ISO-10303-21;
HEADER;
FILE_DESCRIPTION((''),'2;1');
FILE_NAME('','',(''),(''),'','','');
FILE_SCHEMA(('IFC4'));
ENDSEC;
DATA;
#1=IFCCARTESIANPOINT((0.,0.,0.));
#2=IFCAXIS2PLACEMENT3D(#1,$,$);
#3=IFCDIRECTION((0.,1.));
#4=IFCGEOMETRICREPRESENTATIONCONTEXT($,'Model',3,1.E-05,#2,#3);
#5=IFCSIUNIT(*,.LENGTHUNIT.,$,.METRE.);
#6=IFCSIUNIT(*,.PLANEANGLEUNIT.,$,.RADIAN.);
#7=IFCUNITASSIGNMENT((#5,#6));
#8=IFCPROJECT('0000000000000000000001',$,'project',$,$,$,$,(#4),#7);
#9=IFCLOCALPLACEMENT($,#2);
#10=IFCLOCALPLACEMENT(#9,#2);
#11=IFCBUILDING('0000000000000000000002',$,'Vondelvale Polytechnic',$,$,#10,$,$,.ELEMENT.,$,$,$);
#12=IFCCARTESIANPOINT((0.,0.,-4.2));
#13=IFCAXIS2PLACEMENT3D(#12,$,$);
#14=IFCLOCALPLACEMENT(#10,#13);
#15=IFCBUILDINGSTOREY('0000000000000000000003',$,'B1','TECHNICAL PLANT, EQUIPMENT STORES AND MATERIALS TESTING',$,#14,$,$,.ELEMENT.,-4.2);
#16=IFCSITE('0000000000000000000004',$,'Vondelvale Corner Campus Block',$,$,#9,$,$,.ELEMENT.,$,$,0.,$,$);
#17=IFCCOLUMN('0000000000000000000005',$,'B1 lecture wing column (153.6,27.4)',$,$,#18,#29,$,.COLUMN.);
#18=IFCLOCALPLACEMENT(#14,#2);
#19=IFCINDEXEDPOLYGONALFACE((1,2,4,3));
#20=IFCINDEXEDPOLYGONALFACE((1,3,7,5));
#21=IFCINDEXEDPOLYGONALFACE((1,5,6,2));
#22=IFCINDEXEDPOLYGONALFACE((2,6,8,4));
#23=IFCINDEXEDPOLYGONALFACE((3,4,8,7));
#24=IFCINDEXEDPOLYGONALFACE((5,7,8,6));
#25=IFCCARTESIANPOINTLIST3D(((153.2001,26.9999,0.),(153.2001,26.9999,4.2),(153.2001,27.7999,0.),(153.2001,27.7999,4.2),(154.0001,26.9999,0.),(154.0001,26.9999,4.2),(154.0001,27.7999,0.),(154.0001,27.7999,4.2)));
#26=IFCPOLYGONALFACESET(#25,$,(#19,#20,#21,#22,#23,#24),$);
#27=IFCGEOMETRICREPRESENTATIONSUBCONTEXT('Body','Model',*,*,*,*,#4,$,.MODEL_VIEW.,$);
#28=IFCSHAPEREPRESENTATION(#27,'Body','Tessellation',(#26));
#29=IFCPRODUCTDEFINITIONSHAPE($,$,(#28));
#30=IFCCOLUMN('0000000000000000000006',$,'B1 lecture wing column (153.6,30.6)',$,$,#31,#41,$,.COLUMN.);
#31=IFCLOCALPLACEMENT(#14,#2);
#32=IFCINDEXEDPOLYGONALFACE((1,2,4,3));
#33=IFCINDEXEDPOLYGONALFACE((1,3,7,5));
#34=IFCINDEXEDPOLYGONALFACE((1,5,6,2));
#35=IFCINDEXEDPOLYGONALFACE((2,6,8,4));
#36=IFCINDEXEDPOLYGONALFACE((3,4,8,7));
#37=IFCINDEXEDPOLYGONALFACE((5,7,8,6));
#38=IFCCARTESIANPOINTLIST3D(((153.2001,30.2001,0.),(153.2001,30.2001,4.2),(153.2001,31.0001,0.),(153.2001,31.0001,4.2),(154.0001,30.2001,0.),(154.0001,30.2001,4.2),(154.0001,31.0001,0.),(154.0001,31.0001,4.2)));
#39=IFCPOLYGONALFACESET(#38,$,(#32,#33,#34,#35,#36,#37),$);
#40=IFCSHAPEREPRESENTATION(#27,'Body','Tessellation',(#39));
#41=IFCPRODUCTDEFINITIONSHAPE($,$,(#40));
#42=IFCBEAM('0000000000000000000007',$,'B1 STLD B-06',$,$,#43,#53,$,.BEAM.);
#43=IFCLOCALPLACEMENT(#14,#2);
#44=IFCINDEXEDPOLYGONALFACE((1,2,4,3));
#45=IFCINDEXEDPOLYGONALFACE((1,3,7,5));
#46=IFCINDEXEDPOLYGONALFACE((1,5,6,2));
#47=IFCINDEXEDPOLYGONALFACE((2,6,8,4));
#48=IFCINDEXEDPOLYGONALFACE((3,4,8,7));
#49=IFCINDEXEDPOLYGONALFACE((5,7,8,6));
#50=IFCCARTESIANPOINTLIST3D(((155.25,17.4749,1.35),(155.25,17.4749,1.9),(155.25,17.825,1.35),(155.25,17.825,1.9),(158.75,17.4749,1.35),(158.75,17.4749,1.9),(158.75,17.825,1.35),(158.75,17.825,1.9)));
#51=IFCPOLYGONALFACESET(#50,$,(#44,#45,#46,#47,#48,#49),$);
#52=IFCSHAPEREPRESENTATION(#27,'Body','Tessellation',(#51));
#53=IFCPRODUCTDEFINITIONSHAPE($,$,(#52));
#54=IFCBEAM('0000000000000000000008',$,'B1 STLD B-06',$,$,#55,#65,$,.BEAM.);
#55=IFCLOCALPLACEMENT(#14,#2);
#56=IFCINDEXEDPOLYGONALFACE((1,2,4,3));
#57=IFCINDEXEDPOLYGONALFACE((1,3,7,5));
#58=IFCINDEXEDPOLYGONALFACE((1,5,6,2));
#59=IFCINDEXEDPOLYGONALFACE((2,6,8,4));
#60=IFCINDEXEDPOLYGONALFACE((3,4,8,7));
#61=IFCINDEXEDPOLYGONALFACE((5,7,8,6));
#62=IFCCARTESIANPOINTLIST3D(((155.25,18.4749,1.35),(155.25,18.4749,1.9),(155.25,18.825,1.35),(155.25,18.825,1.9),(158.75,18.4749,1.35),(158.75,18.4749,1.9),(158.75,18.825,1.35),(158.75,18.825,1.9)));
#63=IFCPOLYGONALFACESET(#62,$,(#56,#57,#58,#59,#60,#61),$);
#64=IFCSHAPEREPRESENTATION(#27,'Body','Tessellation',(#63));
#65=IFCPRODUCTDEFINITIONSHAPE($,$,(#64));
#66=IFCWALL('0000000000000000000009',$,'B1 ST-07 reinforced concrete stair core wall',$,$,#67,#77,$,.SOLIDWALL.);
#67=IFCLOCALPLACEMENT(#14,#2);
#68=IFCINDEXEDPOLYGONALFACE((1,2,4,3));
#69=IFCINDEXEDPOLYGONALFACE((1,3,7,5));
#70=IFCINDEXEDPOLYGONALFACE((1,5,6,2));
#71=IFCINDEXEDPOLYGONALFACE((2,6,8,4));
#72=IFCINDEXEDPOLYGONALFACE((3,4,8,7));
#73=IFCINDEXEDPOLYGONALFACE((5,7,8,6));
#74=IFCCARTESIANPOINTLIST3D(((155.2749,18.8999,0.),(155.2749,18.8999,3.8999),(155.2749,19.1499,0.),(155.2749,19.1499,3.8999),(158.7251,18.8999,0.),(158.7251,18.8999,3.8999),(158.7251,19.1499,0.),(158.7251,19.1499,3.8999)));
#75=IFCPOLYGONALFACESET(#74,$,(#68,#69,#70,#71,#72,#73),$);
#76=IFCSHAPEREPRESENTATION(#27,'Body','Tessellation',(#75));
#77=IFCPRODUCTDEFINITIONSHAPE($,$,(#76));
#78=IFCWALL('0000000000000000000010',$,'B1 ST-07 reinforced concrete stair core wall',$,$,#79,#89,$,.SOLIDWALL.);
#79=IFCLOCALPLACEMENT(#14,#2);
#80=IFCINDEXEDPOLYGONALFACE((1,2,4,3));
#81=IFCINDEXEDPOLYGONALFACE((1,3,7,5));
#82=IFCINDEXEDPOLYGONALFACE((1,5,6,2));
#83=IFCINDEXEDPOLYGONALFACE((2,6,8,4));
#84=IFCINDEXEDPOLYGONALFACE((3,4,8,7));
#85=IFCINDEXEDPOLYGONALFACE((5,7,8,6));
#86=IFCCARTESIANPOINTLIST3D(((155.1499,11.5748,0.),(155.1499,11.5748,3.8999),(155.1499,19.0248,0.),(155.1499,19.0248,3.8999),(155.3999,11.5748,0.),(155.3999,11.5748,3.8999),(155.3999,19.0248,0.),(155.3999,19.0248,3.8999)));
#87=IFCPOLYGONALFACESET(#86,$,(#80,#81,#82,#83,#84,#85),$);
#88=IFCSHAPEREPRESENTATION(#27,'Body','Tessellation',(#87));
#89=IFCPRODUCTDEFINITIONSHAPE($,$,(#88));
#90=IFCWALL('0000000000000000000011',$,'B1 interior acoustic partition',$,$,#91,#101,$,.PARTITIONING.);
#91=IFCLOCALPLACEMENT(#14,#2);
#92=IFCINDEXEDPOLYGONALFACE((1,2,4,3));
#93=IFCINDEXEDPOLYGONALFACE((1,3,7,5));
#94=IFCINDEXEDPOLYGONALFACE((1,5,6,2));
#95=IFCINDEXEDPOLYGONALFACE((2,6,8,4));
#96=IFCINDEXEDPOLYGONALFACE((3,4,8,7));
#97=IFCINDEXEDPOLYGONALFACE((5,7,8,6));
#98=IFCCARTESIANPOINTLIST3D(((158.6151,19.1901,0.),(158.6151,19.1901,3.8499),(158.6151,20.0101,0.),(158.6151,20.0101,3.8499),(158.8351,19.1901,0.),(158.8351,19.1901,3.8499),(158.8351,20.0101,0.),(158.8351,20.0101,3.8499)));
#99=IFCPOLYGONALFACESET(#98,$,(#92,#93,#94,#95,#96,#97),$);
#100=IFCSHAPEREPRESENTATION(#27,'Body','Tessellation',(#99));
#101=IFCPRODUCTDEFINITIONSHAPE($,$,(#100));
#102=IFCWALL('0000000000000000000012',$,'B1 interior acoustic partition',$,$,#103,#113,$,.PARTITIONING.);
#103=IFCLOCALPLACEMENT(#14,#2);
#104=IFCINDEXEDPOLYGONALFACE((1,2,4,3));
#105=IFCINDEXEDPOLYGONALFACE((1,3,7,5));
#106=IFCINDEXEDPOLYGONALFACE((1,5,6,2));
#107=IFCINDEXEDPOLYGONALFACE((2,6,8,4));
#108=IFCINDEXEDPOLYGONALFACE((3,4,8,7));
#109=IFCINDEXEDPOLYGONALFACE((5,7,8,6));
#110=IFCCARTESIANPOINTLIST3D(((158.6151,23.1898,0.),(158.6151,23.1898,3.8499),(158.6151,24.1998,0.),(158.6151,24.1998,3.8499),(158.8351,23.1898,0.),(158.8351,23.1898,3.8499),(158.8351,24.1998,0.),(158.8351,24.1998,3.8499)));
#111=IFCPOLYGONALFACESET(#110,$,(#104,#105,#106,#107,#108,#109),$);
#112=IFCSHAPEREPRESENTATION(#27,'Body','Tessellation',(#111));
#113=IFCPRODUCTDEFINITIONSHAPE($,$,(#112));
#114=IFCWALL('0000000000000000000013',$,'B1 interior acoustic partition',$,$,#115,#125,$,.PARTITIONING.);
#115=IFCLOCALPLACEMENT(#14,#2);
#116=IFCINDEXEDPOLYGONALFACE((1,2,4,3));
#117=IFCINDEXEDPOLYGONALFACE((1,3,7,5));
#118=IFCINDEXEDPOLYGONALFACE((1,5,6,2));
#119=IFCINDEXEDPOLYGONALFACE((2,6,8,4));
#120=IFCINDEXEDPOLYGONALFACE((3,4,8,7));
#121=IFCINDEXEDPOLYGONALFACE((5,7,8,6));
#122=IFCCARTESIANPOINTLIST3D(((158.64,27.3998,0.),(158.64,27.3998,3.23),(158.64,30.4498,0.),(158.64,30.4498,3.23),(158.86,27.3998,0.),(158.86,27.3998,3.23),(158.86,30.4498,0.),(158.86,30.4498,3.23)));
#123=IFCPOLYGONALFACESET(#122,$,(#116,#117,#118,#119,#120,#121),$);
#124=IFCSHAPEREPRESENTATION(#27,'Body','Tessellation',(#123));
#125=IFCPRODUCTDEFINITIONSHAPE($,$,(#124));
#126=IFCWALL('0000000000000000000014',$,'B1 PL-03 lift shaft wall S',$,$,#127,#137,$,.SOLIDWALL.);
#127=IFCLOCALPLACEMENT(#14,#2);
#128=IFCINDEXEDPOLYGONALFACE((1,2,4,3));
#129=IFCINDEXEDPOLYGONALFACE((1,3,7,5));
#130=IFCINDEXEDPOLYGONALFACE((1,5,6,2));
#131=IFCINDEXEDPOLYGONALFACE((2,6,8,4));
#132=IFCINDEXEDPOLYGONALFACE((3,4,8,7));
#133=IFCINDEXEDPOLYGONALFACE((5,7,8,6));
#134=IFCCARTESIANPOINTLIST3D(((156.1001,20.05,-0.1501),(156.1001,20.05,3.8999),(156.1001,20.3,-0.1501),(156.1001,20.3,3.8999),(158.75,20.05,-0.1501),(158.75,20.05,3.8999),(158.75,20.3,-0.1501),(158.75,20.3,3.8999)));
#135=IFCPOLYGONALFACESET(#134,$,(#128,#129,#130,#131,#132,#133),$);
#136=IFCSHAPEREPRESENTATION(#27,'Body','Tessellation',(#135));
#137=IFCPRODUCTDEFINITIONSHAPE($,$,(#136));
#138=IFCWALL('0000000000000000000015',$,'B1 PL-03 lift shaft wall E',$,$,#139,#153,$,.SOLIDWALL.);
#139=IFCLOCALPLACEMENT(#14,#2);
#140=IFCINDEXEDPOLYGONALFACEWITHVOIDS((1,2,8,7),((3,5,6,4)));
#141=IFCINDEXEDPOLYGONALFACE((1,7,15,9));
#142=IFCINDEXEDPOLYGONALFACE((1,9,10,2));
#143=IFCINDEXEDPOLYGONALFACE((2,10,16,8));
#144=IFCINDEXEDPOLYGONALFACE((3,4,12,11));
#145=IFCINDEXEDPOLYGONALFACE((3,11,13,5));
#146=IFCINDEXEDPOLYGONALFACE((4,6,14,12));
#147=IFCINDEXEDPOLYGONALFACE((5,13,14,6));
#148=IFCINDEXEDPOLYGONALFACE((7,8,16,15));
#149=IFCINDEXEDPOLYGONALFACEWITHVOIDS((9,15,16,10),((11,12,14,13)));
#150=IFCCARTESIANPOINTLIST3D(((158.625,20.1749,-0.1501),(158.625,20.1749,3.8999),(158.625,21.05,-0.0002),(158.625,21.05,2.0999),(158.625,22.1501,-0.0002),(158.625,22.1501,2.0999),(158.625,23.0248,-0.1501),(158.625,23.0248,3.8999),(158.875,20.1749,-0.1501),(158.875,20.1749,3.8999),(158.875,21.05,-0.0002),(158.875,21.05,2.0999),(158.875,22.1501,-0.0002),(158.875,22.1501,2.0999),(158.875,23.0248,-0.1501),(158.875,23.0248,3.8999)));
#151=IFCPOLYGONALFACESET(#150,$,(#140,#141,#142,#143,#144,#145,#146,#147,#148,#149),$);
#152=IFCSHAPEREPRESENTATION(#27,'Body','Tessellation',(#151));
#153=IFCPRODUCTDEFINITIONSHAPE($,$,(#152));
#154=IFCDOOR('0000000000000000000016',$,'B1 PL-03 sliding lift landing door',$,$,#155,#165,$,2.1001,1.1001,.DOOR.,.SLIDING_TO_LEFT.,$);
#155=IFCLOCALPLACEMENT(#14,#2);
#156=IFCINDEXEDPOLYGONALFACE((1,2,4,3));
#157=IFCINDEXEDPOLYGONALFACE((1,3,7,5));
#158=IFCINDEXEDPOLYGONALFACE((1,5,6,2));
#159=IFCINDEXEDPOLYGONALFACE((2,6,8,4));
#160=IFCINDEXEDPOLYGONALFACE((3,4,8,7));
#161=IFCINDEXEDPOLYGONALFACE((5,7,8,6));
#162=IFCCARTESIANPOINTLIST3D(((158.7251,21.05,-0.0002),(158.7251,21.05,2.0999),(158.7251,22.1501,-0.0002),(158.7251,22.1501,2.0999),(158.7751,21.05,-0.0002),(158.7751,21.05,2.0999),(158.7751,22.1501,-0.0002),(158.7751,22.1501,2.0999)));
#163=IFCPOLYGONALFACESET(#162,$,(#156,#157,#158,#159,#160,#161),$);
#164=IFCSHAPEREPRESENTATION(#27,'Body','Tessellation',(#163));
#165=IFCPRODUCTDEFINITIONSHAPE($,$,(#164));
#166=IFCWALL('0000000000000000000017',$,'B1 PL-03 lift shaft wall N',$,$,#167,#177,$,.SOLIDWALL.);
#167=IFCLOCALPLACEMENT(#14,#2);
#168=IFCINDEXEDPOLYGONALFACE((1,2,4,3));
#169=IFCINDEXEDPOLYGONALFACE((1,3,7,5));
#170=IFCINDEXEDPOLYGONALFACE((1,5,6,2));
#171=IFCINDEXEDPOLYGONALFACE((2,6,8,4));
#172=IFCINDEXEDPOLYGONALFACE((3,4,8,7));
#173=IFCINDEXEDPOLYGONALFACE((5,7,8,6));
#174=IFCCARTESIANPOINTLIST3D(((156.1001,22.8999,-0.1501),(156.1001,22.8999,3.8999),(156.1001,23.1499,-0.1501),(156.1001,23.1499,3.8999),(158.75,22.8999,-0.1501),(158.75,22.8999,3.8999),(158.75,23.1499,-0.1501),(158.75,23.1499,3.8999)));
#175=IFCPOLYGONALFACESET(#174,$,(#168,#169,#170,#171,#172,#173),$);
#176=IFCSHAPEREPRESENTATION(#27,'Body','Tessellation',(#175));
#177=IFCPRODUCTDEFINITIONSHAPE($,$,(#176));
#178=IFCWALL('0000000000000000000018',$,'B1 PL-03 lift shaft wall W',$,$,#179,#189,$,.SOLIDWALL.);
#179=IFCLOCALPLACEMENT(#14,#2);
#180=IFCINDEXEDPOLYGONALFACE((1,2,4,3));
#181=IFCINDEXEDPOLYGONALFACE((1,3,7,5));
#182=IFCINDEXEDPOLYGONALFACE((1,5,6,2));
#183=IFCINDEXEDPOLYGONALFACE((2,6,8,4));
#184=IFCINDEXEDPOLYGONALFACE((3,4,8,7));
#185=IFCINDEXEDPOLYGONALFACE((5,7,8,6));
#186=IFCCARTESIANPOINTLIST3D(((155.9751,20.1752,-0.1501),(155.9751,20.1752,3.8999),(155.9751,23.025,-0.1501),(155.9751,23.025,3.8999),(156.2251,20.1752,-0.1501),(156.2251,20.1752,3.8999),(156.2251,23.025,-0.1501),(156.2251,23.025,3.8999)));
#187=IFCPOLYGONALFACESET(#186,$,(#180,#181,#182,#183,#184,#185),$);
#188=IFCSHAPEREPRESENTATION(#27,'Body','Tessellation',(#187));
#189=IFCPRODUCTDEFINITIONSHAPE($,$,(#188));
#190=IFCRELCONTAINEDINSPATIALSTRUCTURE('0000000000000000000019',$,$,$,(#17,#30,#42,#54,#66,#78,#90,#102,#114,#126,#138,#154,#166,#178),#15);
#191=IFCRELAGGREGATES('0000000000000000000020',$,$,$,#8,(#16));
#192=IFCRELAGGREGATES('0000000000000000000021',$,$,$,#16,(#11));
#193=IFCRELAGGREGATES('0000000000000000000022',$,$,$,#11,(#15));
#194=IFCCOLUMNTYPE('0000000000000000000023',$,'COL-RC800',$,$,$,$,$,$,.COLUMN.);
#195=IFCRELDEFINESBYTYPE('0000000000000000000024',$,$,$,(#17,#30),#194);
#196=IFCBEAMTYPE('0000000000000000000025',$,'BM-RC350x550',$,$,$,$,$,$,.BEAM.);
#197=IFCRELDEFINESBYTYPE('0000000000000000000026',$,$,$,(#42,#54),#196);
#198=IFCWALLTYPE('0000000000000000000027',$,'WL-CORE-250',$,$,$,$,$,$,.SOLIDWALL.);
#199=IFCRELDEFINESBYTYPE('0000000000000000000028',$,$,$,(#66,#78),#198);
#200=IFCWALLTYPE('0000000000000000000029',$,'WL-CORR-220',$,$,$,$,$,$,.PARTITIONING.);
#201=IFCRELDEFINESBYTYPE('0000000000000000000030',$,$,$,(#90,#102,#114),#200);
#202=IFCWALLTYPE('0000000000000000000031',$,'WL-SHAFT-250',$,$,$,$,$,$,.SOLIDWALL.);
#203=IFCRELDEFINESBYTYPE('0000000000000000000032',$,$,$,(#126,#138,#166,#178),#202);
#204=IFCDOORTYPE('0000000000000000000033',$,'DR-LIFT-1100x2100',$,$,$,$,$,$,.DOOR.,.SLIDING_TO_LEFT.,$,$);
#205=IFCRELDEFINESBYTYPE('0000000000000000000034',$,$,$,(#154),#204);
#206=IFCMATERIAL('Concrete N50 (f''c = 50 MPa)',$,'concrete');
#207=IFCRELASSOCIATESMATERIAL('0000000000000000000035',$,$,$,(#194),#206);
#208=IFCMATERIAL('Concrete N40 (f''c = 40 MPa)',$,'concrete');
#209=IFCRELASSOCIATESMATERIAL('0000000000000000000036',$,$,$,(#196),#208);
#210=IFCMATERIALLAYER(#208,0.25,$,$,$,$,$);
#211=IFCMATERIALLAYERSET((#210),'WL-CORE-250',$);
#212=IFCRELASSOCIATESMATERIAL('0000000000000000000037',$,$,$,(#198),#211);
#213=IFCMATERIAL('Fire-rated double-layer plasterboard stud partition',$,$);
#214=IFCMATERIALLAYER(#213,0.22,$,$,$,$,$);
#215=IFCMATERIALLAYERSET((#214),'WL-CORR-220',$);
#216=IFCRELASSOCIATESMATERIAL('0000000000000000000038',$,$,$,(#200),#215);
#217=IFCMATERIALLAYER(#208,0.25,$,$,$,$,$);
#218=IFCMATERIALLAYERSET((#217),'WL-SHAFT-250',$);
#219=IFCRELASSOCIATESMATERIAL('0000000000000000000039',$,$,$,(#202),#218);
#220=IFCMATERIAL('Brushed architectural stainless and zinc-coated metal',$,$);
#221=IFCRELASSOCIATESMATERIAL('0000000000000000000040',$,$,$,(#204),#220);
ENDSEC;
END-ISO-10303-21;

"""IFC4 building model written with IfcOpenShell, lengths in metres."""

from ifc_helpers import new_model, si_unit, direction, frame, frame_2d, origin, origin_2d, place, context, subcontext, project, spatial, rectangle, extrude, material, layer, layer_set, material_profile, profile_set, type_object, element, fill, save


model = new_model("IFC4")

# Units and contexts
model_context = context("Model", 3, precision=1e-05, world=origin(), true_north=direction((0.0, 1.0)))
body_context = subcontext(model_context, "Body", "Model", "MODEL_VIEW")
ifc_project = project(units=[si_unit("LENGTHUNIT", "METRE"), si_unit("PLANEANGLEUNIT", "RADIAN")], contexts=[model_context])

# Site, building, storey
site_placement = place(None, origin())
site = spatial("IfcSite", under=ifc_project, at=site_placement, Name="Vondelvale Corner Campus Block", CompositionType="ELEMENT", RefElevation=0.0)
building_placement = place(site_placement, origin())
building = spatial("IfcBuilding", under=site, at=building_placement, Name="Vondelvale Polytechnic", CompositionType="ELEMENT")
storey_placement = place(building_placement, frame((0.0, 0.0, -4.2)))
storey = spatial("IfcBuildingStorey", under=building, at=storey_placement, Name="B1", Description="TECHNICAL PLANT, EQUIPMENT STORES AND MATERIALS TESTING", CompositionType="ELEMENT", Elevation=-4.2)

# Shared definitions
ifc_material_1 = material(Name="Concrete N40 (f'c = 40 MPa)", Category="concrete")

# Columns
ifc_material_2 = material(Name="Concrete N50 (f'c = 50 MPa)", Category="concrete")
ifc_material_profile_1 = material_profile(ifc_material_2, rectangle(XDim=0.8, YDim=0.8, at=origin_2d()), Name="RC-COL-800x800")
ifc_profile_set_1 = profile_set([ifc_material_profile_1], Name="Concrete N50 (f'c = 50 MPa)")
column_type = type_object("IfcColumnType", Name="COL-RC800", PredefinedType="COLUMN", material=ifc_profile_set_1)
for number, where, z_axis, x_axis, name in (
    (1, (153.6001, 27.3999, 0.0), (0.0, 0.0, 1.0), (1.0, 0.0, 0.0), "B1 lecture wing column (153.6,27.4)"),
    (2, (153.6001, 30.6001, 0.0), (0.0, 0.0, 1.0), (1.0, 0.0, 0.0), "B1 lecture wing column (153.6,30.6)"),
):
    element("IfcColumn", number, at=place(storey_placement, frame(where, z_axis=z_axis, x_axis=x_axis)), inside=storey, type_object=column_type, Name=name, PredefinedType="COLUMN", context=body_context, shape_type="SweptSolid", body=[
        extrude(rectangle(XDim=0.8, YDim=0.8, at=origin_2d()), origin(), (0.0, 0.0, 1.0), 4.2),
    ])

# Beams
ifc_material_profile_2 = material_profile(ifc_material_1, rectangle(XDim=0.3501, YDim=0.55, at=origin_2d()), Name="RC-BM-350x550")
ifc_profile_set_2 = profile_set([ifc_material_profile_2], Name="Concrete N40 (f'c = 40 MPa)")
beam_type = type_object("IfcBeamType", Name="BM-RC350x550", PredefinedType="BEAM", material=ifc_profile_set_2)
for number, where, z_axis, x_axis, name in (
    (3, (158.75, 17.6499, 1.625), (-1.0, 0.0, 0.0), (0.0, -1.0, 0.0), "B1 STLD B-06"),
    (4, (158.75, 18.6499, 1.625), (-1.0, 0.0, 0.0), (0.0, -1.0, 0.0), "B1 STLD B-06"),
):
    element("IfcBeam", number, at=place(storey_placement, frame(where, z_axis=z_axis, x_axis=x_axis)), inside=storey, type_object=beam_type, Name=name, PredefinedType="BEAM", context=body_context, shape_type="SweptSolid", body=[
        extrude(rectangle(XDim=0.3501, YDim=0.55, at=origin_2d()), origin(), (0.0, 0.0, 1.0), 3.5),
    ])

# Walls
ifc_layer_1 = layer(ifc_material_1, 0.25)
ifc_layer_set_1 = layer_set([ifc_layer_1], Name="WL-CORE-250")
wall_type_1 = type_object("IfcWallType", Name="WL-CORE-250", PredefinedType="SOLIDWALL", material=ifc_layer_set_1)
wall_1_placement = place(storey_placement, frame((158.7251, 19.0249, 0.0), z_axis=(0.0, 0.0, 1.0), x_axis=(-1.0, 0.0, 0.0)))
element("IfcWall", 5, at=wall_1_placement, inside=storey, type_object=wall_type_1, Name="B1 ST-07 reinforced concrete stair core wall", PredefinedType="SOLIDWALL", context=body_context, shape_type="SweptSolid", body=[
    extrude(rectangle(XDim=3.4502, YDim=0.25, at=frame_2d((1.7251, 0.0))), origin(), (0.0, 0.0, 1.0), 3.8999),
])
wall_2_placement = place(storey_placement, frame((155.2749, 19.0249, 0.0), z_axis=(0.0, 0.0, 1.0), x_axis=(0.0, -1.0, 0.0)))
element("IfcWall", 6, at=wall_2_placement, inside=storey, type_object=wall_type_1, Name="B1 ST-07 reinforced concrete stair core wall", PredefinedType="SOLIDWALL", context=body_context, shape_type="SweptSolid", body=[
    extrude(rectangle(XDim=7.45, YDim=0.25, at=frame_2d((3.7251, 0.0))), origin(), (0.0, 0.0, 1.0), 3.8999),
])
ifc_material_3 = material(Name="Fire-rated double-layer plasterboard stud partition")
ifc_layer_2 = layer(ifc_material_3, 0.22)
ifc_layer_set_2 = layer_set([ifc_layer_2], Name="WL-CORR-220")
wall_type_2 = type_object("IfcWallType", Name="WL-CORR-220", PredefinedType="PARTITIONING", material=ifc_layer_set_2)
wall_3_placement = place(storey_placement, frame((158.7251, 19.1899, 0.0), z_axis=(0.0, 0.0, 1.0), x_axis=(0.0, 1.0, 0.0)))
element("IfcWall", 7, at=wall_3_placement, inside=storey, type_object=wall_type_2, Name="B1 interior acoustic partition", PredefinedType="PARTITIONING", context=body_context, shape_type="SweptSolid", body=[
    extrude(rectangle(XDim=0.8201, YDim=0.22, at=frame_2d((0.4102, 0.0))), origin(), (0.0, 0.0, 1.0), 3.8499),
])
wall_4_placement = place(storey_placement, frame((158.7251, 23.1899, 0.0), z_axis=(0.0, 0.0, 1.0), x_axis=(0.0, 1.0, 0.0)))
element("IfcWall", 8, at=wall_4_placement, inside=storey, type_object=wall_type_2, Name="B1 interior acoustic partition", PredefinedType="PARTITIONING", context=body_context, shape_type="SweptSolid", body=[
    extrude(rectangle(XDim=1.01, YDim=0.22, at=frame_2d((0.5049, 0.0))), origin(), (0.0, 0.0, 1.0), 3.8499),
])
wall_5_placement = place(storey_placement, frame((158.75, 27.3999, 0.0), z_axis=(0.0, 0.0, 1.0), x_axis=(0.0, 1.0, 0.0)))
element("IfcWall", 9, at=wall_5_placement, inside=storey, type_object=wall_type_2, Name="B1 interior acoustic partition", PredefinedType="PARTITIONING", context=body_context, shape_type="SweptSolid", body=[
    extrude(rectangle(XDim=3.05, YDim=0.22, at=frame_2d((1.5249, 0.0))), origin(), (0.0, 0.0, 1.0), 3.23),
])
ifc_layer_3 = layer(ifc_material_1, 0.25)
ifc_layer_set_3 = layer_set([ifc_layer_3], Name="WL-SHAFT-250")
wall_type_3 = type_object("IfcWallType", Name="WL-SHAFT-250", PredefinedType="SOLIDWALL", material=ifc_layer_set_3)
wall_6_placement = place(storey_placement, frame((156.1001, 20.175, -0.1501), z_axis=(0.0, 0.0, 1.0), x_axis=(1.0, 0.0, 0.0)))
element("IfcWall", 10, at=wall_6_placement, inside=storey, type_object=wall_type_3, Name="B1 PL-03 lift shaft wall S", PredefinedType="SOLIDWALL", context=body_context, shape_type="SweptSolid", body=[
    extrude(rectangle(XDim=2.6499, YDim=0.25, at=frame_2d((1.325, 0.0))), origin(), (0.0, 0.0, 1.0), 4.05),
])

# Wall, opening, door
wall_7_placement = place(storey_placement, frame((158.75, 20.175, -0.1501), z_axis=(0.0, 0.0, 1.0), x_axis=(0.0, 1.0, 0.0)))
wall_7 = element("IfcWall", 11, at=wall_7_placement, inside=storey, type_object=wall_type_3, Name="B1 PL-03 lift shaft wall E", PredefinedType="SOLIDWALL", context=body_context, shape_type="SweptSolid", body=[
    extrude(rectangle(XDim=2.8499, YDim=0.25, at=frame_2d((1.4248, 0.0))), origin(), (0.0, 0.0, 1.0), 4.05),
])
opening_placement = place(wall_7_placement, frame((0.875, 0.0, 0.1499)))
opening = element("IfcOpeningElement", 12, at=opening_placement, cuts=wall_7, PredefinedType="OPENING", context=body_context, shape_type="SweptSolid", body=[
    extrude(rectangle(XDim=1.1001, YDim=2.1001, at=frame_2d((0.55, 1.05))), frame((0.0, 0.135, 0.0), z_axis=(0.0, -1.0, 0.0), x_axis=(1.0, 0.0, 0.0)), (0.0, 0.0, 1.0), 0.27),
])
ifc_material_4 = material(Name="Brushed architectural stainless and zinc-coated metal")
door_type = type_object("IfcDoorType", Name="DR-LIFT-1100x2100", OperationType="SLIDING_TO_LEFT", PredefinedType="DOOR", material=ifc_material_4)
door_placement = place(opening_placement, origin())
door = element("IfcDoor", 13, at=door_placement, inside=storey, type_object=door_type, Name="B1 PL-03 sliding lift landing door", OperationType="SLIDING_TO_LEFT", OverallHeight=2.1001, OverallWidth=1.1001, PredefinedType="DOOR", context=body_context, shape_type="SweptSolid", body=[
    extrude(rectangle(XDim=1.1001, YDim=2.1001, at=frame_2d((0.55, 1.05))), frame((0.0, 0.0249, 0.0), z_axis=(0.0, -1.0, 0.0), x_axis=(1.0, 0.0, 0.0)), (0.0, 0.0, 1.0), 0.05),
])
fill(opening, door)

# Walls
wall_8_placement = place(storey_placement, frame((158.75, 23.0249, -0.1501), z_axis=(0.0, 0.0, 1.0), x_axis=(-1.0, 0.0, 0.0)))
element("IfcWall", 14, at=wall_8_placement, inside=storey, type_object=wall_type_3, Name="B1 PL-03 lift shaft wall N", PredefinedType="SOLIDWALL", context=body_context, shape_type="SweptSolid", body=[
    extrude(rectangle(XDim=2.6499, YDim=0.25, at=frame_2d((1.325, 0.0))), origin(), (0.0, 0.0, 1.0), 4.05),
])
wall_9_placement = place(storey_placement, frame((156.1001, 23.0249, -0.1501), z_axis=(0.0, 0.0, 1.0), x_axis=(0.0, -1.0, 0.0)))
element("IfcWall", 15, at=wall_9_placement, inside=storey, type_object=wall_type_3, Name="B1 PL-03 lift shaft wall W", PredefinedType="SOLIDWALL", context=body_context, shape_type="SweptSolid", body=[
    extrude(rectangle(XDim=2.8499, YDim=0.25, at=frame_2d((1.4248, 0.0))), origin(), (0.0, 0.0, 1.0), 4.05),
])

save(model, "model.ifc")
